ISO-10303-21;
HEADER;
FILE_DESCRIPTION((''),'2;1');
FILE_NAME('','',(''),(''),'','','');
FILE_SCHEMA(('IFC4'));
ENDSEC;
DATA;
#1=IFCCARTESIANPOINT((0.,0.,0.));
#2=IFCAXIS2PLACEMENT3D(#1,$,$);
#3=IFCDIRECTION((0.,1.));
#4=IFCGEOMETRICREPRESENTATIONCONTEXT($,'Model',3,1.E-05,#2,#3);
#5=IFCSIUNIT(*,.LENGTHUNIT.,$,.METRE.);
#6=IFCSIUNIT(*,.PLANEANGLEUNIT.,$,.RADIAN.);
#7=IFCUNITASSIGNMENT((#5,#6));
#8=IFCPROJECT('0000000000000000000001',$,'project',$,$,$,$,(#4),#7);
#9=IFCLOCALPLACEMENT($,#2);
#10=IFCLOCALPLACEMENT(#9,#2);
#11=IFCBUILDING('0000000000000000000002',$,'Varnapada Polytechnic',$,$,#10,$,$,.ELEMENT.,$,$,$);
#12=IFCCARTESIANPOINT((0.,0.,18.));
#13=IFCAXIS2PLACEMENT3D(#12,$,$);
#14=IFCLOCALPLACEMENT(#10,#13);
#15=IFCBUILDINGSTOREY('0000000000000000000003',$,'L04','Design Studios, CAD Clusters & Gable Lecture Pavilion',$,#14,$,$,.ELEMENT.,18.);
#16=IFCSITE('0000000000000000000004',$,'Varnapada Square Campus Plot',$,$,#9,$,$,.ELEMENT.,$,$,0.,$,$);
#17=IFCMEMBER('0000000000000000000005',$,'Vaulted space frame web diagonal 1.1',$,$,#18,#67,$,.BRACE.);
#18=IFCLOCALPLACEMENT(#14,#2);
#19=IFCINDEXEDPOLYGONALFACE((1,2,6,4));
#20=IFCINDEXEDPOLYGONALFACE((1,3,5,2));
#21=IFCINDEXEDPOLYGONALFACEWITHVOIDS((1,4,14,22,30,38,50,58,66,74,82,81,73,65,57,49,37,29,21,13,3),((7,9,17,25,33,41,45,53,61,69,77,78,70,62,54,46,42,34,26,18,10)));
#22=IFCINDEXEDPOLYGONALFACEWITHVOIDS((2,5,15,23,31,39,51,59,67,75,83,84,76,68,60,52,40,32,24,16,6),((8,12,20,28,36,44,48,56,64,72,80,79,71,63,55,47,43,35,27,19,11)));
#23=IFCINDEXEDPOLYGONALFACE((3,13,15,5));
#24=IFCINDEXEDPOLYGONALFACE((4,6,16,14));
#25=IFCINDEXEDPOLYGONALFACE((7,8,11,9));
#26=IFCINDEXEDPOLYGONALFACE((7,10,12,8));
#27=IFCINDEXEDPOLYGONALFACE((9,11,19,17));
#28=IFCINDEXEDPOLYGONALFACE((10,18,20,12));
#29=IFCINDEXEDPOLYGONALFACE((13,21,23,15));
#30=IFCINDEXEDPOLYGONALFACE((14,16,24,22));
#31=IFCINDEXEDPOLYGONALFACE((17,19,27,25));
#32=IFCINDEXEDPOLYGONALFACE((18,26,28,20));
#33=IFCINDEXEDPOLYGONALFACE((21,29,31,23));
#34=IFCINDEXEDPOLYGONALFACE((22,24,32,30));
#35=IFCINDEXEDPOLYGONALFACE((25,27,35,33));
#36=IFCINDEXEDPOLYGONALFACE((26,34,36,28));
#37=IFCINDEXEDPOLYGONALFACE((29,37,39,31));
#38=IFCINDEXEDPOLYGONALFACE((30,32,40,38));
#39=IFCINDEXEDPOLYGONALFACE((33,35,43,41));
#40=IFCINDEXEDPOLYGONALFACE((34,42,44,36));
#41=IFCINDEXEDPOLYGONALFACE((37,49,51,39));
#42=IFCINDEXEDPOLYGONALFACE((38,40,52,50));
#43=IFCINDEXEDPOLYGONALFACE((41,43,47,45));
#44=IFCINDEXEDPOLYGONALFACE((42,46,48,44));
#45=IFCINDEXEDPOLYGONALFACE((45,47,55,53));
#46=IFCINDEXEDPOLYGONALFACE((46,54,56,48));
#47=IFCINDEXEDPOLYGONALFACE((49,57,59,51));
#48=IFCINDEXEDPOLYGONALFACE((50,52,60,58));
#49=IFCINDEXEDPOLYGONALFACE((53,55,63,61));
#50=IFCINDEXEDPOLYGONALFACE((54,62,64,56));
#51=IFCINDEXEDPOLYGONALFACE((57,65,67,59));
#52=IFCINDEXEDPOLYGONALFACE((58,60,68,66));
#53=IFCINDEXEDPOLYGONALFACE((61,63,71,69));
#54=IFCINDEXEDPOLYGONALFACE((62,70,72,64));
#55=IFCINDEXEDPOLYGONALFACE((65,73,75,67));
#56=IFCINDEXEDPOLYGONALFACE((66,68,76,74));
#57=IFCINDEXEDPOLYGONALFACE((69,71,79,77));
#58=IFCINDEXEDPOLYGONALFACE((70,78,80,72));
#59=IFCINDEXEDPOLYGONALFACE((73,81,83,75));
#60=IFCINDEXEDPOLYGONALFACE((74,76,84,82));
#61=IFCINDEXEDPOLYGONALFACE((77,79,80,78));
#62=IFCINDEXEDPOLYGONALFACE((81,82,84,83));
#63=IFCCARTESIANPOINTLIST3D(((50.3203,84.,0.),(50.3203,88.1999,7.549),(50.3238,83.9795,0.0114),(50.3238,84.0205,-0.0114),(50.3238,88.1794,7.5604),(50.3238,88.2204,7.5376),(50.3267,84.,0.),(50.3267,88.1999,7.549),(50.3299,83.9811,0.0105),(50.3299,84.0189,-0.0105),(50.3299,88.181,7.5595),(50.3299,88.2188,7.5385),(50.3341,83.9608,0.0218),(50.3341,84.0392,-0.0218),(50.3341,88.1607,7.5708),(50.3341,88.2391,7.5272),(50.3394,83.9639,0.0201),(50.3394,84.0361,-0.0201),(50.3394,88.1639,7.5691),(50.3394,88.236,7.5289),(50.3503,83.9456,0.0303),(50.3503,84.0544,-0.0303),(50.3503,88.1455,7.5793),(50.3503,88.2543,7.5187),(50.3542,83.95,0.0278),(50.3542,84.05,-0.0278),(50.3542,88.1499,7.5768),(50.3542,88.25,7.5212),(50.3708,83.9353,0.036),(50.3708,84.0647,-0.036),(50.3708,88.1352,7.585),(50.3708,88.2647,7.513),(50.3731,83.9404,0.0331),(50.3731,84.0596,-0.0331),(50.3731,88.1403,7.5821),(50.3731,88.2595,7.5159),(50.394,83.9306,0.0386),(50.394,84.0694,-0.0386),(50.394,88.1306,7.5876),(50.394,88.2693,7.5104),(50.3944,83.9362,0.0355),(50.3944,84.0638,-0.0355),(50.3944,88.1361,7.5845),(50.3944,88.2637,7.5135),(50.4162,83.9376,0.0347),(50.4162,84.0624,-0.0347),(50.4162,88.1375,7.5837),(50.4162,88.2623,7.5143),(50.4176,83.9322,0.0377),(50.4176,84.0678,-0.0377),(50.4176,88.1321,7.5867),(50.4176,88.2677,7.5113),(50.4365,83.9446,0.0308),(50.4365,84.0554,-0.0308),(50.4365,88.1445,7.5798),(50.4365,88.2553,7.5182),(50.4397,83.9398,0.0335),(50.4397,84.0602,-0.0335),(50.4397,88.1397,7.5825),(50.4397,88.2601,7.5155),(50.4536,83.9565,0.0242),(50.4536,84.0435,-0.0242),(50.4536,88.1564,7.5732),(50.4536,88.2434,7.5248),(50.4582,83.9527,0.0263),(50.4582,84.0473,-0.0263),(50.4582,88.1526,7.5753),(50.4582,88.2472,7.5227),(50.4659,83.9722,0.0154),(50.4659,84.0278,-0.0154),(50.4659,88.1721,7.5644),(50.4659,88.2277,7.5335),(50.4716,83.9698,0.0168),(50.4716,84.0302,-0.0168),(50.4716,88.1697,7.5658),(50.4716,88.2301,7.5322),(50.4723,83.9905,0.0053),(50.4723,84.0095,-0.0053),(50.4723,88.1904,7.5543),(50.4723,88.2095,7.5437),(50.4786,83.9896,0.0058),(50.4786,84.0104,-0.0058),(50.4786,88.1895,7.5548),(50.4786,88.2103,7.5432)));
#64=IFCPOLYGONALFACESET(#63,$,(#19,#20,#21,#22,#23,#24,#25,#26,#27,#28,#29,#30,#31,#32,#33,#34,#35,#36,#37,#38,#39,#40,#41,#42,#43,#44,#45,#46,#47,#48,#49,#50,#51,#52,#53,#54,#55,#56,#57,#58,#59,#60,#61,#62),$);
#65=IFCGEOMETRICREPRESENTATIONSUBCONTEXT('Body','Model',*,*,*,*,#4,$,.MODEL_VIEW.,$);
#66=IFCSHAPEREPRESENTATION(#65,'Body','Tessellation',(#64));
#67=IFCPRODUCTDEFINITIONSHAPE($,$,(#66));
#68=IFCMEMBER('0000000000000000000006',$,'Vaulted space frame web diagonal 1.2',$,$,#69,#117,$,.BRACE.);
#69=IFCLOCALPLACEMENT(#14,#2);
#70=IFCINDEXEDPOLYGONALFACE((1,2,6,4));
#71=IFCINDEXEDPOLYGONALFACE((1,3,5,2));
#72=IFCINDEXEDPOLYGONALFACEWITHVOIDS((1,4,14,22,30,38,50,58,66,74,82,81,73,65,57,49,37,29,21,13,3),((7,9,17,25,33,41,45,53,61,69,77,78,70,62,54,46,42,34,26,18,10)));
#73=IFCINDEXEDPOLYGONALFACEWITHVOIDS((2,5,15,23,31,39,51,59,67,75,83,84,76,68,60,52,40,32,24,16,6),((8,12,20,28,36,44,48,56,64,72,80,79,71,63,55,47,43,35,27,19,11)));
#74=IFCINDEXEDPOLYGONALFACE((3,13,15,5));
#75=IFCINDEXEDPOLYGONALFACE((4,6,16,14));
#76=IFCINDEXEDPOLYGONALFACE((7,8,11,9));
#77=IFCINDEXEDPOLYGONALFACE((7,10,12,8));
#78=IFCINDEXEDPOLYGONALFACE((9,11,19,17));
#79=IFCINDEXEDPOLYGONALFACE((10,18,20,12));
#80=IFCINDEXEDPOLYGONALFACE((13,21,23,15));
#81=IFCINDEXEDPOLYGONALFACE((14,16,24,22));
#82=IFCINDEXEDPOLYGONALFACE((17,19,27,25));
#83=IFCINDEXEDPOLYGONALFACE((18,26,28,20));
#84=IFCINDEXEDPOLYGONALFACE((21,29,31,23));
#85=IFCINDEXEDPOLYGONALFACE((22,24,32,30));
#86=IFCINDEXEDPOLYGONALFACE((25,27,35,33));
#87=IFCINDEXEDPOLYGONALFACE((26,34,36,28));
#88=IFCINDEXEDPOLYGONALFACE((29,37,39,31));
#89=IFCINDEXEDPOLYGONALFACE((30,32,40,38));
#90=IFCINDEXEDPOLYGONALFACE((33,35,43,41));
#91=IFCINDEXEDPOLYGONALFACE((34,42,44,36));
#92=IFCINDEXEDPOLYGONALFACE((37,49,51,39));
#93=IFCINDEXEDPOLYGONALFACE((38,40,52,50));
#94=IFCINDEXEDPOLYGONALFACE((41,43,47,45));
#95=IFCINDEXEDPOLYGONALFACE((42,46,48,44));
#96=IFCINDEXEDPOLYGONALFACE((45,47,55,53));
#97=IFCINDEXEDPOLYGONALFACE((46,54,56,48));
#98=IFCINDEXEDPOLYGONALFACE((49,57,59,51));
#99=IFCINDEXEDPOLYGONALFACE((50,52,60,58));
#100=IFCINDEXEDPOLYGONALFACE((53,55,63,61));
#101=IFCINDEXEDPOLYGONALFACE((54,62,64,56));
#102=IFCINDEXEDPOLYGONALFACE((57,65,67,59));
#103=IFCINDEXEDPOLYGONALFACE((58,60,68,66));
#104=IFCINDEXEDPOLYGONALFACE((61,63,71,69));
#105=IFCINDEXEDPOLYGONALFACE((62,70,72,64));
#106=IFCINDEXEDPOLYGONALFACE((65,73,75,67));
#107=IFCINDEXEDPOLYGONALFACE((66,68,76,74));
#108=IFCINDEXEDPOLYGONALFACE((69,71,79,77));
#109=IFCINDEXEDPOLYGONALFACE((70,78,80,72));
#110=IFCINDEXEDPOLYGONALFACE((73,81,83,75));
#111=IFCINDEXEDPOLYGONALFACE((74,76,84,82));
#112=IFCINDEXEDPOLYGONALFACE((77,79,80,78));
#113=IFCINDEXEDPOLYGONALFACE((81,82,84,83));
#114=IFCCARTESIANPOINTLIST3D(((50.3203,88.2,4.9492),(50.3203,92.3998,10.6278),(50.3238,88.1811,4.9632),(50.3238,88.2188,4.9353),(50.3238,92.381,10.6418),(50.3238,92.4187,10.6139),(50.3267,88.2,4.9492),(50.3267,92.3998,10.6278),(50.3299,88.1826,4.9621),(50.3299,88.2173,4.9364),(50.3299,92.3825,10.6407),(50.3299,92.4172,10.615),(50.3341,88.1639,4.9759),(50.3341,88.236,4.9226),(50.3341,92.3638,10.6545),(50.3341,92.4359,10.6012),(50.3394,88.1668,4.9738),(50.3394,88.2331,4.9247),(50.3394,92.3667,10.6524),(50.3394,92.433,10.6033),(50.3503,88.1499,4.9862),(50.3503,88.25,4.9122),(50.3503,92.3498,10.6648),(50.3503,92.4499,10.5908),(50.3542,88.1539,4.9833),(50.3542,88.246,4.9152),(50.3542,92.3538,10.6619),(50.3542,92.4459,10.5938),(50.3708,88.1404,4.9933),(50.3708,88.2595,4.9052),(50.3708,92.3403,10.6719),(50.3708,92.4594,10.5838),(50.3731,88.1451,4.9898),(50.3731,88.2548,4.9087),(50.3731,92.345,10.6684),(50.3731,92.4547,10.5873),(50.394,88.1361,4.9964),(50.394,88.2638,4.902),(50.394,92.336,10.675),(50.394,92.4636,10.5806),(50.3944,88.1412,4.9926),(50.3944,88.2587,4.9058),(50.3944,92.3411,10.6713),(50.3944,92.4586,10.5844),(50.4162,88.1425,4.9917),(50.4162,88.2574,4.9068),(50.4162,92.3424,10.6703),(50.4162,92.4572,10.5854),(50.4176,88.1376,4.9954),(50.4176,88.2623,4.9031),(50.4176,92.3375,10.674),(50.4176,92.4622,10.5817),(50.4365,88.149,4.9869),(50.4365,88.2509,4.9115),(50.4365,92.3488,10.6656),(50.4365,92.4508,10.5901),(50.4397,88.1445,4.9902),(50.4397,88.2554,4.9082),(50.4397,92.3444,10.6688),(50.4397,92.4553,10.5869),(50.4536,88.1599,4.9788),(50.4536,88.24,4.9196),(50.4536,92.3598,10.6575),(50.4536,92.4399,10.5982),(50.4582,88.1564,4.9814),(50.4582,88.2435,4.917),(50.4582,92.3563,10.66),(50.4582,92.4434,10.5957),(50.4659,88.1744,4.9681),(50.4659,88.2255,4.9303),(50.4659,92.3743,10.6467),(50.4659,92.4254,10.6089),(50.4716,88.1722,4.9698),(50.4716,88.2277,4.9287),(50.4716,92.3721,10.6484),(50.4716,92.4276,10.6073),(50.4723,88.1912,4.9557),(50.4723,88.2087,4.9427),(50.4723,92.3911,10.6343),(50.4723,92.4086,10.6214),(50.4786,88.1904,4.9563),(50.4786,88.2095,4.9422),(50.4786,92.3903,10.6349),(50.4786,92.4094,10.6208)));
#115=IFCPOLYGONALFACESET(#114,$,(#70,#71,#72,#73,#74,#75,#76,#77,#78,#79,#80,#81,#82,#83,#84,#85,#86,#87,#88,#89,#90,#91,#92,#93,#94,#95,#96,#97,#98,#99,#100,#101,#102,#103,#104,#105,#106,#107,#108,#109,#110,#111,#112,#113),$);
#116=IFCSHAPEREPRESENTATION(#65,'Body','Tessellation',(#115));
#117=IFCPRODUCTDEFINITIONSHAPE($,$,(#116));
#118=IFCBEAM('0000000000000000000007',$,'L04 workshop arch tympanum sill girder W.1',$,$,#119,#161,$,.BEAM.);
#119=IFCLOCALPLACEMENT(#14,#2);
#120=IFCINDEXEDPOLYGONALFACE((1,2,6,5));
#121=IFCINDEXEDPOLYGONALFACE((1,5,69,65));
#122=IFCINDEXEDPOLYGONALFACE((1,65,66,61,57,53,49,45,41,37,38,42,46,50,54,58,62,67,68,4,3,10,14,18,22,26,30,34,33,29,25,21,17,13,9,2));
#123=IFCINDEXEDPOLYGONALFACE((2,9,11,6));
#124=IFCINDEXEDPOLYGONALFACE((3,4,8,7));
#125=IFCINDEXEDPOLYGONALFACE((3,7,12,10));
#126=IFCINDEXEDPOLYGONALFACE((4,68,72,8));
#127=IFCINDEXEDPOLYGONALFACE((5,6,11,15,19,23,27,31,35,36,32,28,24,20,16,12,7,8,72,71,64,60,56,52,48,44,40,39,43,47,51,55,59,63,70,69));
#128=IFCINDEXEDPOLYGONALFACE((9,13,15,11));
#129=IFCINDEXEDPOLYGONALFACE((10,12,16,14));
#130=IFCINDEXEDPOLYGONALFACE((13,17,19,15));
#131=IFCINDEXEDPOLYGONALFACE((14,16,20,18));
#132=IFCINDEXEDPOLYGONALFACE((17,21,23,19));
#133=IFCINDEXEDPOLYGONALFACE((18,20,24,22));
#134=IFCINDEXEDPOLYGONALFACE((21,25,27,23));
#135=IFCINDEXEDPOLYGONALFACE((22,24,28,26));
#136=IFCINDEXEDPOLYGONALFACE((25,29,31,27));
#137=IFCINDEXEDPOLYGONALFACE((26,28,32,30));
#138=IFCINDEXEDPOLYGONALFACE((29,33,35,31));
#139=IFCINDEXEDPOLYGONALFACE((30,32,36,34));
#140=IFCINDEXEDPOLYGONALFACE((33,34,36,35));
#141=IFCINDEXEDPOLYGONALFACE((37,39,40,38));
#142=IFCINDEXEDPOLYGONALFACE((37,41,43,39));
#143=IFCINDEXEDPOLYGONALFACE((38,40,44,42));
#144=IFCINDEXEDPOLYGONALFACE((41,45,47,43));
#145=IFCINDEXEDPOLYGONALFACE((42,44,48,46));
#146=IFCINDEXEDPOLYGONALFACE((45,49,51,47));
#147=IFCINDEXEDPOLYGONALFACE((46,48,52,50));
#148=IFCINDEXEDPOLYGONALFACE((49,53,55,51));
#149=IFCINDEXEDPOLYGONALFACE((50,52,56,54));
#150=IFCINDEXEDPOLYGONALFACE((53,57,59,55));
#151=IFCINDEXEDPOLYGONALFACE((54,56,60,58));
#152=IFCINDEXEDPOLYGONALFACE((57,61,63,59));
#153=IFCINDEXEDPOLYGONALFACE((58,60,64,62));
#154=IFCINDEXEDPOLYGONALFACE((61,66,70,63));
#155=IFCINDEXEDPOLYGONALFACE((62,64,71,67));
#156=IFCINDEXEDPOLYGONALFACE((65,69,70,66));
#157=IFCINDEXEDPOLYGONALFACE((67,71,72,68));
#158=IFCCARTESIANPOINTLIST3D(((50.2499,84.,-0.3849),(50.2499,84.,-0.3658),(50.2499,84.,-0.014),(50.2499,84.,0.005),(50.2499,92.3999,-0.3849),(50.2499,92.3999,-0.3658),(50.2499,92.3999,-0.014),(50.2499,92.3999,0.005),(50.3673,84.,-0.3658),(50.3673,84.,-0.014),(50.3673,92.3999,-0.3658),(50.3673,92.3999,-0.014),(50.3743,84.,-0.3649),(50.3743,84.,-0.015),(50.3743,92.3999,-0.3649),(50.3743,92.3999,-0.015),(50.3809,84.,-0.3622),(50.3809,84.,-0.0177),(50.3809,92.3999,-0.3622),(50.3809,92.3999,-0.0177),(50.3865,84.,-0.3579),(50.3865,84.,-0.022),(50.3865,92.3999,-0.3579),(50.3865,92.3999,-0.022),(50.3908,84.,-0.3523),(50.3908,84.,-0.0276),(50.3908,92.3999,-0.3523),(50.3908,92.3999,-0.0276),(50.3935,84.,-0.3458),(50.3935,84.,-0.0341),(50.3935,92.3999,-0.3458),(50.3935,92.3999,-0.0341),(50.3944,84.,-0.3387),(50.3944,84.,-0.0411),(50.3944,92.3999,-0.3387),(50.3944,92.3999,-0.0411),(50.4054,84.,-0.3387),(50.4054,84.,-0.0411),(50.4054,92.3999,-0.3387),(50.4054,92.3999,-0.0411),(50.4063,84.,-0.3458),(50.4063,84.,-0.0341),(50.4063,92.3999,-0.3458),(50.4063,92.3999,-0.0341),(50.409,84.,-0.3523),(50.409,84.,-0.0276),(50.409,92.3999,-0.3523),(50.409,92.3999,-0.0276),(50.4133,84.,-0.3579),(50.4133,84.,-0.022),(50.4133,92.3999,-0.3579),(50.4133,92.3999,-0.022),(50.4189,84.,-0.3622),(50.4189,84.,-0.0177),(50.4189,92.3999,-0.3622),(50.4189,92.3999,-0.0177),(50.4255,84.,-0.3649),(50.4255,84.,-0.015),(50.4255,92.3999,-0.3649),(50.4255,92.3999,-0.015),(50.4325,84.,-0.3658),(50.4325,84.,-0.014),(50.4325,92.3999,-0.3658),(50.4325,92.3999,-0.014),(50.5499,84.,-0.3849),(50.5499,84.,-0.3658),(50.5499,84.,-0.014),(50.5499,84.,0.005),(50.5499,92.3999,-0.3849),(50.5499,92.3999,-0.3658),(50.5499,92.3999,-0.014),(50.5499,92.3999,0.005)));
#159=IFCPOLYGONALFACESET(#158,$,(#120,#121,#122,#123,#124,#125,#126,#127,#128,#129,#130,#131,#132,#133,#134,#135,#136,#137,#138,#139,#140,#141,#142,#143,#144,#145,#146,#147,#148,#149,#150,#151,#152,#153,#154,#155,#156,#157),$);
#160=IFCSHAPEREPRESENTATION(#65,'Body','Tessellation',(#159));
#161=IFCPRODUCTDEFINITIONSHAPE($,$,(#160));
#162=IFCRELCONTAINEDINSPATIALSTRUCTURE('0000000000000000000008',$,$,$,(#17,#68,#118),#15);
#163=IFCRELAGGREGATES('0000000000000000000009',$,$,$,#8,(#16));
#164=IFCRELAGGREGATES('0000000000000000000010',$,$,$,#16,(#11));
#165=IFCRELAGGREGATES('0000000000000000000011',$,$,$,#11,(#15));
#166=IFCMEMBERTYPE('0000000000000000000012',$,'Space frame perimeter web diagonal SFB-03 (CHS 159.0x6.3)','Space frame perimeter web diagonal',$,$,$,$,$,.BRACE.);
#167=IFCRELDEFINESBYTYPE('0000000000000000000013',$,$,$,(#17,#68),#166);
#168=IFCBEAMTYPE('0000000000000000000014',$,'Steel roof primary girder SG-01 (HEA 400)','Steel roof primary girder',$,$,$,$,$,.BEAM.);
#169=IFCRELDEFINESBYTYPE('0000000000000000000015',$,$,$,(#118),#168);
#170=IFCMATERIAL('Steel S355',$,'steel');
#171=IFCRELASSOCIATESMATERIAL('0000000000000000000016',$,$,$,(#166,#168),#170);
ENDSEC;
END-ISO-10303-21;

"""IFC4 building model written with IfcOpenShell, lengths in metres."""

from ifc_helpers import new_model, si_unit, direction, frame, origin, origin_2d, place, context, subcontext, project, spatial, hollow_circle, i_section, extrude, material, material_profile, profile_set, type_object, element, save


model = new_model("IFC4")

# Units and contexts
model_context = context("Model", 3, precision=1e-05, world=origin(), true_north=direction((0.0, 1.0)))
body_context = subcontext(model_context, "Body", "Model", "MODEL_VIEW")
ifc_project = project(units=[si_unit("LENGTHUNIT", "METRE"), si_unit("PLANEANGLEUNIT", "RADIAN")], contexts=[model_context])

# Site, building, storey
site_placement = place(None, origin())
site = spatial("IfcSite", under=ifc_project, at=site_placement, Name="Varnapada Square Campus Plot", CompositionType="ELEMENT", RefElevation=0.0)
building_placement = place(site_placement, origin())
building = spatial("IfcBuilding", under=site, at=building_placement, Name="Varnapada Polytechnic", CompositionType="ELEMENT")
storey_placement = place(building_placement, frame((0.0, 0.0, 18.0)))
storey = spatial("IfcBuildingStorey", under=building, at=storey_placement, Name="L04", Description="Design Studios, CAD Clusters & Gable Lecture Pavilion", CompositionType="ELEMENT", Elevation=18.0)

# Shared definitions
ifc_material = material(Name="Steel S355", Category="steel")

# Members
ifc_material_profile_1 = material_profile(ifc_material, hollow_circle(Radius=0.0796, WallThickness=0.0063, at=origin_2d()), Name="CHS 159.0x6.3")
ifc_profile_set_1 = profile_set([ifc_material_profile_1], Name="Steel S355")
member_type_1 = type_object("IfcMemberType", Name="Space frame perimeter web diagonal SFB-03 (CHS 159.0x6.3)", Description="Space frame perimeter web diagonal", PredefinedType="BRACE", material=ifc_profile_set_1)
member_1_placement = place(storey_placement, frame((50.3999, 84.0, 0.0), z_axis=(0.0, 0.486176, 0.873861), x_axis=(-1.0, 0.0, 0.0)))
element("IfcMember", 1, at=member_1_placement, inside=storey, type_object=member_type_1, Name="Vaulted space frame web diagonal 1.1", PredefinedType="BRACE", context=body_context, shape_type="SweptSolid", body=[
    extrude(hollow_circle(Radius=0.0796, WallThickness=0.0063, at=origin_2d()), origin(), (0.0, 0.0, 1.0), 8.6387),
])
member_2_placement = place(storey_placement, frame((50.3999, 88.2, 4.9492), z_axis=(0.0, 0.594633, 0.803997), x_axis=(-1.0, 0.0, 0.0)))
element("IfcMember", 2, at=member_2_placement, inside=storey, type_object=member_type_1, Name="Vaulted space frame web diagonal 1.2", PredefinedType="BRACE", context=body_context, shape_type="SweptSolid", body=[
    extrude(hollow_circle(Radius=0.0796, WallThickness=0.0063, at=origin_2d()), origin(), (0.0, 0.0, 1.0), 7.063),
])

# Beam
ifc_material_profile_2 = material_profile(ifc_material, i_section(OverallWidth=0.3, OverallDepth=0.3899, WebThickness=0.011, FlangeThickness=0.019, FilletRadius=0.0271, at=origin_2d()), Name="HEA 400")
ifc_profile_set_2 = profile_set([ifc_material_profile_2], Name="Steel S355")
beam_type_1 = type_object("IfcBeamType", Name="Steel roof primary girder SG-01 (HEA 400)", Description="Steel roof primary girder", PredefinedType="BEAM", material=ifc_profile_set_2)
beam_1_placement = place(storey_placement, frame((50.3999, 84.0, -0.1899), z_axis=(0.0, 1.0, 0.0), x_axis=(-1.0, 0.0, 0.0)))
element("IfcBeam", 3, at=beam_1_placement, inside=storey, type_object=beam_type_1, Name="L04 workshop arch tympanum sill girder W.1", PredefinedType="BEAM", context=body_context, shape_type="SweptSolid", body=[
    extrude(i_section(OverallWidth=0.3, OverallDepth=0.3899, WebThickness=0.011, FlangeThickness=0.019, FilletRadius=0.0271, at=origin_2d()), origin(), (0.0, 0.0, 1.0), 8.3999),
])

save(model, "model.ifc")
